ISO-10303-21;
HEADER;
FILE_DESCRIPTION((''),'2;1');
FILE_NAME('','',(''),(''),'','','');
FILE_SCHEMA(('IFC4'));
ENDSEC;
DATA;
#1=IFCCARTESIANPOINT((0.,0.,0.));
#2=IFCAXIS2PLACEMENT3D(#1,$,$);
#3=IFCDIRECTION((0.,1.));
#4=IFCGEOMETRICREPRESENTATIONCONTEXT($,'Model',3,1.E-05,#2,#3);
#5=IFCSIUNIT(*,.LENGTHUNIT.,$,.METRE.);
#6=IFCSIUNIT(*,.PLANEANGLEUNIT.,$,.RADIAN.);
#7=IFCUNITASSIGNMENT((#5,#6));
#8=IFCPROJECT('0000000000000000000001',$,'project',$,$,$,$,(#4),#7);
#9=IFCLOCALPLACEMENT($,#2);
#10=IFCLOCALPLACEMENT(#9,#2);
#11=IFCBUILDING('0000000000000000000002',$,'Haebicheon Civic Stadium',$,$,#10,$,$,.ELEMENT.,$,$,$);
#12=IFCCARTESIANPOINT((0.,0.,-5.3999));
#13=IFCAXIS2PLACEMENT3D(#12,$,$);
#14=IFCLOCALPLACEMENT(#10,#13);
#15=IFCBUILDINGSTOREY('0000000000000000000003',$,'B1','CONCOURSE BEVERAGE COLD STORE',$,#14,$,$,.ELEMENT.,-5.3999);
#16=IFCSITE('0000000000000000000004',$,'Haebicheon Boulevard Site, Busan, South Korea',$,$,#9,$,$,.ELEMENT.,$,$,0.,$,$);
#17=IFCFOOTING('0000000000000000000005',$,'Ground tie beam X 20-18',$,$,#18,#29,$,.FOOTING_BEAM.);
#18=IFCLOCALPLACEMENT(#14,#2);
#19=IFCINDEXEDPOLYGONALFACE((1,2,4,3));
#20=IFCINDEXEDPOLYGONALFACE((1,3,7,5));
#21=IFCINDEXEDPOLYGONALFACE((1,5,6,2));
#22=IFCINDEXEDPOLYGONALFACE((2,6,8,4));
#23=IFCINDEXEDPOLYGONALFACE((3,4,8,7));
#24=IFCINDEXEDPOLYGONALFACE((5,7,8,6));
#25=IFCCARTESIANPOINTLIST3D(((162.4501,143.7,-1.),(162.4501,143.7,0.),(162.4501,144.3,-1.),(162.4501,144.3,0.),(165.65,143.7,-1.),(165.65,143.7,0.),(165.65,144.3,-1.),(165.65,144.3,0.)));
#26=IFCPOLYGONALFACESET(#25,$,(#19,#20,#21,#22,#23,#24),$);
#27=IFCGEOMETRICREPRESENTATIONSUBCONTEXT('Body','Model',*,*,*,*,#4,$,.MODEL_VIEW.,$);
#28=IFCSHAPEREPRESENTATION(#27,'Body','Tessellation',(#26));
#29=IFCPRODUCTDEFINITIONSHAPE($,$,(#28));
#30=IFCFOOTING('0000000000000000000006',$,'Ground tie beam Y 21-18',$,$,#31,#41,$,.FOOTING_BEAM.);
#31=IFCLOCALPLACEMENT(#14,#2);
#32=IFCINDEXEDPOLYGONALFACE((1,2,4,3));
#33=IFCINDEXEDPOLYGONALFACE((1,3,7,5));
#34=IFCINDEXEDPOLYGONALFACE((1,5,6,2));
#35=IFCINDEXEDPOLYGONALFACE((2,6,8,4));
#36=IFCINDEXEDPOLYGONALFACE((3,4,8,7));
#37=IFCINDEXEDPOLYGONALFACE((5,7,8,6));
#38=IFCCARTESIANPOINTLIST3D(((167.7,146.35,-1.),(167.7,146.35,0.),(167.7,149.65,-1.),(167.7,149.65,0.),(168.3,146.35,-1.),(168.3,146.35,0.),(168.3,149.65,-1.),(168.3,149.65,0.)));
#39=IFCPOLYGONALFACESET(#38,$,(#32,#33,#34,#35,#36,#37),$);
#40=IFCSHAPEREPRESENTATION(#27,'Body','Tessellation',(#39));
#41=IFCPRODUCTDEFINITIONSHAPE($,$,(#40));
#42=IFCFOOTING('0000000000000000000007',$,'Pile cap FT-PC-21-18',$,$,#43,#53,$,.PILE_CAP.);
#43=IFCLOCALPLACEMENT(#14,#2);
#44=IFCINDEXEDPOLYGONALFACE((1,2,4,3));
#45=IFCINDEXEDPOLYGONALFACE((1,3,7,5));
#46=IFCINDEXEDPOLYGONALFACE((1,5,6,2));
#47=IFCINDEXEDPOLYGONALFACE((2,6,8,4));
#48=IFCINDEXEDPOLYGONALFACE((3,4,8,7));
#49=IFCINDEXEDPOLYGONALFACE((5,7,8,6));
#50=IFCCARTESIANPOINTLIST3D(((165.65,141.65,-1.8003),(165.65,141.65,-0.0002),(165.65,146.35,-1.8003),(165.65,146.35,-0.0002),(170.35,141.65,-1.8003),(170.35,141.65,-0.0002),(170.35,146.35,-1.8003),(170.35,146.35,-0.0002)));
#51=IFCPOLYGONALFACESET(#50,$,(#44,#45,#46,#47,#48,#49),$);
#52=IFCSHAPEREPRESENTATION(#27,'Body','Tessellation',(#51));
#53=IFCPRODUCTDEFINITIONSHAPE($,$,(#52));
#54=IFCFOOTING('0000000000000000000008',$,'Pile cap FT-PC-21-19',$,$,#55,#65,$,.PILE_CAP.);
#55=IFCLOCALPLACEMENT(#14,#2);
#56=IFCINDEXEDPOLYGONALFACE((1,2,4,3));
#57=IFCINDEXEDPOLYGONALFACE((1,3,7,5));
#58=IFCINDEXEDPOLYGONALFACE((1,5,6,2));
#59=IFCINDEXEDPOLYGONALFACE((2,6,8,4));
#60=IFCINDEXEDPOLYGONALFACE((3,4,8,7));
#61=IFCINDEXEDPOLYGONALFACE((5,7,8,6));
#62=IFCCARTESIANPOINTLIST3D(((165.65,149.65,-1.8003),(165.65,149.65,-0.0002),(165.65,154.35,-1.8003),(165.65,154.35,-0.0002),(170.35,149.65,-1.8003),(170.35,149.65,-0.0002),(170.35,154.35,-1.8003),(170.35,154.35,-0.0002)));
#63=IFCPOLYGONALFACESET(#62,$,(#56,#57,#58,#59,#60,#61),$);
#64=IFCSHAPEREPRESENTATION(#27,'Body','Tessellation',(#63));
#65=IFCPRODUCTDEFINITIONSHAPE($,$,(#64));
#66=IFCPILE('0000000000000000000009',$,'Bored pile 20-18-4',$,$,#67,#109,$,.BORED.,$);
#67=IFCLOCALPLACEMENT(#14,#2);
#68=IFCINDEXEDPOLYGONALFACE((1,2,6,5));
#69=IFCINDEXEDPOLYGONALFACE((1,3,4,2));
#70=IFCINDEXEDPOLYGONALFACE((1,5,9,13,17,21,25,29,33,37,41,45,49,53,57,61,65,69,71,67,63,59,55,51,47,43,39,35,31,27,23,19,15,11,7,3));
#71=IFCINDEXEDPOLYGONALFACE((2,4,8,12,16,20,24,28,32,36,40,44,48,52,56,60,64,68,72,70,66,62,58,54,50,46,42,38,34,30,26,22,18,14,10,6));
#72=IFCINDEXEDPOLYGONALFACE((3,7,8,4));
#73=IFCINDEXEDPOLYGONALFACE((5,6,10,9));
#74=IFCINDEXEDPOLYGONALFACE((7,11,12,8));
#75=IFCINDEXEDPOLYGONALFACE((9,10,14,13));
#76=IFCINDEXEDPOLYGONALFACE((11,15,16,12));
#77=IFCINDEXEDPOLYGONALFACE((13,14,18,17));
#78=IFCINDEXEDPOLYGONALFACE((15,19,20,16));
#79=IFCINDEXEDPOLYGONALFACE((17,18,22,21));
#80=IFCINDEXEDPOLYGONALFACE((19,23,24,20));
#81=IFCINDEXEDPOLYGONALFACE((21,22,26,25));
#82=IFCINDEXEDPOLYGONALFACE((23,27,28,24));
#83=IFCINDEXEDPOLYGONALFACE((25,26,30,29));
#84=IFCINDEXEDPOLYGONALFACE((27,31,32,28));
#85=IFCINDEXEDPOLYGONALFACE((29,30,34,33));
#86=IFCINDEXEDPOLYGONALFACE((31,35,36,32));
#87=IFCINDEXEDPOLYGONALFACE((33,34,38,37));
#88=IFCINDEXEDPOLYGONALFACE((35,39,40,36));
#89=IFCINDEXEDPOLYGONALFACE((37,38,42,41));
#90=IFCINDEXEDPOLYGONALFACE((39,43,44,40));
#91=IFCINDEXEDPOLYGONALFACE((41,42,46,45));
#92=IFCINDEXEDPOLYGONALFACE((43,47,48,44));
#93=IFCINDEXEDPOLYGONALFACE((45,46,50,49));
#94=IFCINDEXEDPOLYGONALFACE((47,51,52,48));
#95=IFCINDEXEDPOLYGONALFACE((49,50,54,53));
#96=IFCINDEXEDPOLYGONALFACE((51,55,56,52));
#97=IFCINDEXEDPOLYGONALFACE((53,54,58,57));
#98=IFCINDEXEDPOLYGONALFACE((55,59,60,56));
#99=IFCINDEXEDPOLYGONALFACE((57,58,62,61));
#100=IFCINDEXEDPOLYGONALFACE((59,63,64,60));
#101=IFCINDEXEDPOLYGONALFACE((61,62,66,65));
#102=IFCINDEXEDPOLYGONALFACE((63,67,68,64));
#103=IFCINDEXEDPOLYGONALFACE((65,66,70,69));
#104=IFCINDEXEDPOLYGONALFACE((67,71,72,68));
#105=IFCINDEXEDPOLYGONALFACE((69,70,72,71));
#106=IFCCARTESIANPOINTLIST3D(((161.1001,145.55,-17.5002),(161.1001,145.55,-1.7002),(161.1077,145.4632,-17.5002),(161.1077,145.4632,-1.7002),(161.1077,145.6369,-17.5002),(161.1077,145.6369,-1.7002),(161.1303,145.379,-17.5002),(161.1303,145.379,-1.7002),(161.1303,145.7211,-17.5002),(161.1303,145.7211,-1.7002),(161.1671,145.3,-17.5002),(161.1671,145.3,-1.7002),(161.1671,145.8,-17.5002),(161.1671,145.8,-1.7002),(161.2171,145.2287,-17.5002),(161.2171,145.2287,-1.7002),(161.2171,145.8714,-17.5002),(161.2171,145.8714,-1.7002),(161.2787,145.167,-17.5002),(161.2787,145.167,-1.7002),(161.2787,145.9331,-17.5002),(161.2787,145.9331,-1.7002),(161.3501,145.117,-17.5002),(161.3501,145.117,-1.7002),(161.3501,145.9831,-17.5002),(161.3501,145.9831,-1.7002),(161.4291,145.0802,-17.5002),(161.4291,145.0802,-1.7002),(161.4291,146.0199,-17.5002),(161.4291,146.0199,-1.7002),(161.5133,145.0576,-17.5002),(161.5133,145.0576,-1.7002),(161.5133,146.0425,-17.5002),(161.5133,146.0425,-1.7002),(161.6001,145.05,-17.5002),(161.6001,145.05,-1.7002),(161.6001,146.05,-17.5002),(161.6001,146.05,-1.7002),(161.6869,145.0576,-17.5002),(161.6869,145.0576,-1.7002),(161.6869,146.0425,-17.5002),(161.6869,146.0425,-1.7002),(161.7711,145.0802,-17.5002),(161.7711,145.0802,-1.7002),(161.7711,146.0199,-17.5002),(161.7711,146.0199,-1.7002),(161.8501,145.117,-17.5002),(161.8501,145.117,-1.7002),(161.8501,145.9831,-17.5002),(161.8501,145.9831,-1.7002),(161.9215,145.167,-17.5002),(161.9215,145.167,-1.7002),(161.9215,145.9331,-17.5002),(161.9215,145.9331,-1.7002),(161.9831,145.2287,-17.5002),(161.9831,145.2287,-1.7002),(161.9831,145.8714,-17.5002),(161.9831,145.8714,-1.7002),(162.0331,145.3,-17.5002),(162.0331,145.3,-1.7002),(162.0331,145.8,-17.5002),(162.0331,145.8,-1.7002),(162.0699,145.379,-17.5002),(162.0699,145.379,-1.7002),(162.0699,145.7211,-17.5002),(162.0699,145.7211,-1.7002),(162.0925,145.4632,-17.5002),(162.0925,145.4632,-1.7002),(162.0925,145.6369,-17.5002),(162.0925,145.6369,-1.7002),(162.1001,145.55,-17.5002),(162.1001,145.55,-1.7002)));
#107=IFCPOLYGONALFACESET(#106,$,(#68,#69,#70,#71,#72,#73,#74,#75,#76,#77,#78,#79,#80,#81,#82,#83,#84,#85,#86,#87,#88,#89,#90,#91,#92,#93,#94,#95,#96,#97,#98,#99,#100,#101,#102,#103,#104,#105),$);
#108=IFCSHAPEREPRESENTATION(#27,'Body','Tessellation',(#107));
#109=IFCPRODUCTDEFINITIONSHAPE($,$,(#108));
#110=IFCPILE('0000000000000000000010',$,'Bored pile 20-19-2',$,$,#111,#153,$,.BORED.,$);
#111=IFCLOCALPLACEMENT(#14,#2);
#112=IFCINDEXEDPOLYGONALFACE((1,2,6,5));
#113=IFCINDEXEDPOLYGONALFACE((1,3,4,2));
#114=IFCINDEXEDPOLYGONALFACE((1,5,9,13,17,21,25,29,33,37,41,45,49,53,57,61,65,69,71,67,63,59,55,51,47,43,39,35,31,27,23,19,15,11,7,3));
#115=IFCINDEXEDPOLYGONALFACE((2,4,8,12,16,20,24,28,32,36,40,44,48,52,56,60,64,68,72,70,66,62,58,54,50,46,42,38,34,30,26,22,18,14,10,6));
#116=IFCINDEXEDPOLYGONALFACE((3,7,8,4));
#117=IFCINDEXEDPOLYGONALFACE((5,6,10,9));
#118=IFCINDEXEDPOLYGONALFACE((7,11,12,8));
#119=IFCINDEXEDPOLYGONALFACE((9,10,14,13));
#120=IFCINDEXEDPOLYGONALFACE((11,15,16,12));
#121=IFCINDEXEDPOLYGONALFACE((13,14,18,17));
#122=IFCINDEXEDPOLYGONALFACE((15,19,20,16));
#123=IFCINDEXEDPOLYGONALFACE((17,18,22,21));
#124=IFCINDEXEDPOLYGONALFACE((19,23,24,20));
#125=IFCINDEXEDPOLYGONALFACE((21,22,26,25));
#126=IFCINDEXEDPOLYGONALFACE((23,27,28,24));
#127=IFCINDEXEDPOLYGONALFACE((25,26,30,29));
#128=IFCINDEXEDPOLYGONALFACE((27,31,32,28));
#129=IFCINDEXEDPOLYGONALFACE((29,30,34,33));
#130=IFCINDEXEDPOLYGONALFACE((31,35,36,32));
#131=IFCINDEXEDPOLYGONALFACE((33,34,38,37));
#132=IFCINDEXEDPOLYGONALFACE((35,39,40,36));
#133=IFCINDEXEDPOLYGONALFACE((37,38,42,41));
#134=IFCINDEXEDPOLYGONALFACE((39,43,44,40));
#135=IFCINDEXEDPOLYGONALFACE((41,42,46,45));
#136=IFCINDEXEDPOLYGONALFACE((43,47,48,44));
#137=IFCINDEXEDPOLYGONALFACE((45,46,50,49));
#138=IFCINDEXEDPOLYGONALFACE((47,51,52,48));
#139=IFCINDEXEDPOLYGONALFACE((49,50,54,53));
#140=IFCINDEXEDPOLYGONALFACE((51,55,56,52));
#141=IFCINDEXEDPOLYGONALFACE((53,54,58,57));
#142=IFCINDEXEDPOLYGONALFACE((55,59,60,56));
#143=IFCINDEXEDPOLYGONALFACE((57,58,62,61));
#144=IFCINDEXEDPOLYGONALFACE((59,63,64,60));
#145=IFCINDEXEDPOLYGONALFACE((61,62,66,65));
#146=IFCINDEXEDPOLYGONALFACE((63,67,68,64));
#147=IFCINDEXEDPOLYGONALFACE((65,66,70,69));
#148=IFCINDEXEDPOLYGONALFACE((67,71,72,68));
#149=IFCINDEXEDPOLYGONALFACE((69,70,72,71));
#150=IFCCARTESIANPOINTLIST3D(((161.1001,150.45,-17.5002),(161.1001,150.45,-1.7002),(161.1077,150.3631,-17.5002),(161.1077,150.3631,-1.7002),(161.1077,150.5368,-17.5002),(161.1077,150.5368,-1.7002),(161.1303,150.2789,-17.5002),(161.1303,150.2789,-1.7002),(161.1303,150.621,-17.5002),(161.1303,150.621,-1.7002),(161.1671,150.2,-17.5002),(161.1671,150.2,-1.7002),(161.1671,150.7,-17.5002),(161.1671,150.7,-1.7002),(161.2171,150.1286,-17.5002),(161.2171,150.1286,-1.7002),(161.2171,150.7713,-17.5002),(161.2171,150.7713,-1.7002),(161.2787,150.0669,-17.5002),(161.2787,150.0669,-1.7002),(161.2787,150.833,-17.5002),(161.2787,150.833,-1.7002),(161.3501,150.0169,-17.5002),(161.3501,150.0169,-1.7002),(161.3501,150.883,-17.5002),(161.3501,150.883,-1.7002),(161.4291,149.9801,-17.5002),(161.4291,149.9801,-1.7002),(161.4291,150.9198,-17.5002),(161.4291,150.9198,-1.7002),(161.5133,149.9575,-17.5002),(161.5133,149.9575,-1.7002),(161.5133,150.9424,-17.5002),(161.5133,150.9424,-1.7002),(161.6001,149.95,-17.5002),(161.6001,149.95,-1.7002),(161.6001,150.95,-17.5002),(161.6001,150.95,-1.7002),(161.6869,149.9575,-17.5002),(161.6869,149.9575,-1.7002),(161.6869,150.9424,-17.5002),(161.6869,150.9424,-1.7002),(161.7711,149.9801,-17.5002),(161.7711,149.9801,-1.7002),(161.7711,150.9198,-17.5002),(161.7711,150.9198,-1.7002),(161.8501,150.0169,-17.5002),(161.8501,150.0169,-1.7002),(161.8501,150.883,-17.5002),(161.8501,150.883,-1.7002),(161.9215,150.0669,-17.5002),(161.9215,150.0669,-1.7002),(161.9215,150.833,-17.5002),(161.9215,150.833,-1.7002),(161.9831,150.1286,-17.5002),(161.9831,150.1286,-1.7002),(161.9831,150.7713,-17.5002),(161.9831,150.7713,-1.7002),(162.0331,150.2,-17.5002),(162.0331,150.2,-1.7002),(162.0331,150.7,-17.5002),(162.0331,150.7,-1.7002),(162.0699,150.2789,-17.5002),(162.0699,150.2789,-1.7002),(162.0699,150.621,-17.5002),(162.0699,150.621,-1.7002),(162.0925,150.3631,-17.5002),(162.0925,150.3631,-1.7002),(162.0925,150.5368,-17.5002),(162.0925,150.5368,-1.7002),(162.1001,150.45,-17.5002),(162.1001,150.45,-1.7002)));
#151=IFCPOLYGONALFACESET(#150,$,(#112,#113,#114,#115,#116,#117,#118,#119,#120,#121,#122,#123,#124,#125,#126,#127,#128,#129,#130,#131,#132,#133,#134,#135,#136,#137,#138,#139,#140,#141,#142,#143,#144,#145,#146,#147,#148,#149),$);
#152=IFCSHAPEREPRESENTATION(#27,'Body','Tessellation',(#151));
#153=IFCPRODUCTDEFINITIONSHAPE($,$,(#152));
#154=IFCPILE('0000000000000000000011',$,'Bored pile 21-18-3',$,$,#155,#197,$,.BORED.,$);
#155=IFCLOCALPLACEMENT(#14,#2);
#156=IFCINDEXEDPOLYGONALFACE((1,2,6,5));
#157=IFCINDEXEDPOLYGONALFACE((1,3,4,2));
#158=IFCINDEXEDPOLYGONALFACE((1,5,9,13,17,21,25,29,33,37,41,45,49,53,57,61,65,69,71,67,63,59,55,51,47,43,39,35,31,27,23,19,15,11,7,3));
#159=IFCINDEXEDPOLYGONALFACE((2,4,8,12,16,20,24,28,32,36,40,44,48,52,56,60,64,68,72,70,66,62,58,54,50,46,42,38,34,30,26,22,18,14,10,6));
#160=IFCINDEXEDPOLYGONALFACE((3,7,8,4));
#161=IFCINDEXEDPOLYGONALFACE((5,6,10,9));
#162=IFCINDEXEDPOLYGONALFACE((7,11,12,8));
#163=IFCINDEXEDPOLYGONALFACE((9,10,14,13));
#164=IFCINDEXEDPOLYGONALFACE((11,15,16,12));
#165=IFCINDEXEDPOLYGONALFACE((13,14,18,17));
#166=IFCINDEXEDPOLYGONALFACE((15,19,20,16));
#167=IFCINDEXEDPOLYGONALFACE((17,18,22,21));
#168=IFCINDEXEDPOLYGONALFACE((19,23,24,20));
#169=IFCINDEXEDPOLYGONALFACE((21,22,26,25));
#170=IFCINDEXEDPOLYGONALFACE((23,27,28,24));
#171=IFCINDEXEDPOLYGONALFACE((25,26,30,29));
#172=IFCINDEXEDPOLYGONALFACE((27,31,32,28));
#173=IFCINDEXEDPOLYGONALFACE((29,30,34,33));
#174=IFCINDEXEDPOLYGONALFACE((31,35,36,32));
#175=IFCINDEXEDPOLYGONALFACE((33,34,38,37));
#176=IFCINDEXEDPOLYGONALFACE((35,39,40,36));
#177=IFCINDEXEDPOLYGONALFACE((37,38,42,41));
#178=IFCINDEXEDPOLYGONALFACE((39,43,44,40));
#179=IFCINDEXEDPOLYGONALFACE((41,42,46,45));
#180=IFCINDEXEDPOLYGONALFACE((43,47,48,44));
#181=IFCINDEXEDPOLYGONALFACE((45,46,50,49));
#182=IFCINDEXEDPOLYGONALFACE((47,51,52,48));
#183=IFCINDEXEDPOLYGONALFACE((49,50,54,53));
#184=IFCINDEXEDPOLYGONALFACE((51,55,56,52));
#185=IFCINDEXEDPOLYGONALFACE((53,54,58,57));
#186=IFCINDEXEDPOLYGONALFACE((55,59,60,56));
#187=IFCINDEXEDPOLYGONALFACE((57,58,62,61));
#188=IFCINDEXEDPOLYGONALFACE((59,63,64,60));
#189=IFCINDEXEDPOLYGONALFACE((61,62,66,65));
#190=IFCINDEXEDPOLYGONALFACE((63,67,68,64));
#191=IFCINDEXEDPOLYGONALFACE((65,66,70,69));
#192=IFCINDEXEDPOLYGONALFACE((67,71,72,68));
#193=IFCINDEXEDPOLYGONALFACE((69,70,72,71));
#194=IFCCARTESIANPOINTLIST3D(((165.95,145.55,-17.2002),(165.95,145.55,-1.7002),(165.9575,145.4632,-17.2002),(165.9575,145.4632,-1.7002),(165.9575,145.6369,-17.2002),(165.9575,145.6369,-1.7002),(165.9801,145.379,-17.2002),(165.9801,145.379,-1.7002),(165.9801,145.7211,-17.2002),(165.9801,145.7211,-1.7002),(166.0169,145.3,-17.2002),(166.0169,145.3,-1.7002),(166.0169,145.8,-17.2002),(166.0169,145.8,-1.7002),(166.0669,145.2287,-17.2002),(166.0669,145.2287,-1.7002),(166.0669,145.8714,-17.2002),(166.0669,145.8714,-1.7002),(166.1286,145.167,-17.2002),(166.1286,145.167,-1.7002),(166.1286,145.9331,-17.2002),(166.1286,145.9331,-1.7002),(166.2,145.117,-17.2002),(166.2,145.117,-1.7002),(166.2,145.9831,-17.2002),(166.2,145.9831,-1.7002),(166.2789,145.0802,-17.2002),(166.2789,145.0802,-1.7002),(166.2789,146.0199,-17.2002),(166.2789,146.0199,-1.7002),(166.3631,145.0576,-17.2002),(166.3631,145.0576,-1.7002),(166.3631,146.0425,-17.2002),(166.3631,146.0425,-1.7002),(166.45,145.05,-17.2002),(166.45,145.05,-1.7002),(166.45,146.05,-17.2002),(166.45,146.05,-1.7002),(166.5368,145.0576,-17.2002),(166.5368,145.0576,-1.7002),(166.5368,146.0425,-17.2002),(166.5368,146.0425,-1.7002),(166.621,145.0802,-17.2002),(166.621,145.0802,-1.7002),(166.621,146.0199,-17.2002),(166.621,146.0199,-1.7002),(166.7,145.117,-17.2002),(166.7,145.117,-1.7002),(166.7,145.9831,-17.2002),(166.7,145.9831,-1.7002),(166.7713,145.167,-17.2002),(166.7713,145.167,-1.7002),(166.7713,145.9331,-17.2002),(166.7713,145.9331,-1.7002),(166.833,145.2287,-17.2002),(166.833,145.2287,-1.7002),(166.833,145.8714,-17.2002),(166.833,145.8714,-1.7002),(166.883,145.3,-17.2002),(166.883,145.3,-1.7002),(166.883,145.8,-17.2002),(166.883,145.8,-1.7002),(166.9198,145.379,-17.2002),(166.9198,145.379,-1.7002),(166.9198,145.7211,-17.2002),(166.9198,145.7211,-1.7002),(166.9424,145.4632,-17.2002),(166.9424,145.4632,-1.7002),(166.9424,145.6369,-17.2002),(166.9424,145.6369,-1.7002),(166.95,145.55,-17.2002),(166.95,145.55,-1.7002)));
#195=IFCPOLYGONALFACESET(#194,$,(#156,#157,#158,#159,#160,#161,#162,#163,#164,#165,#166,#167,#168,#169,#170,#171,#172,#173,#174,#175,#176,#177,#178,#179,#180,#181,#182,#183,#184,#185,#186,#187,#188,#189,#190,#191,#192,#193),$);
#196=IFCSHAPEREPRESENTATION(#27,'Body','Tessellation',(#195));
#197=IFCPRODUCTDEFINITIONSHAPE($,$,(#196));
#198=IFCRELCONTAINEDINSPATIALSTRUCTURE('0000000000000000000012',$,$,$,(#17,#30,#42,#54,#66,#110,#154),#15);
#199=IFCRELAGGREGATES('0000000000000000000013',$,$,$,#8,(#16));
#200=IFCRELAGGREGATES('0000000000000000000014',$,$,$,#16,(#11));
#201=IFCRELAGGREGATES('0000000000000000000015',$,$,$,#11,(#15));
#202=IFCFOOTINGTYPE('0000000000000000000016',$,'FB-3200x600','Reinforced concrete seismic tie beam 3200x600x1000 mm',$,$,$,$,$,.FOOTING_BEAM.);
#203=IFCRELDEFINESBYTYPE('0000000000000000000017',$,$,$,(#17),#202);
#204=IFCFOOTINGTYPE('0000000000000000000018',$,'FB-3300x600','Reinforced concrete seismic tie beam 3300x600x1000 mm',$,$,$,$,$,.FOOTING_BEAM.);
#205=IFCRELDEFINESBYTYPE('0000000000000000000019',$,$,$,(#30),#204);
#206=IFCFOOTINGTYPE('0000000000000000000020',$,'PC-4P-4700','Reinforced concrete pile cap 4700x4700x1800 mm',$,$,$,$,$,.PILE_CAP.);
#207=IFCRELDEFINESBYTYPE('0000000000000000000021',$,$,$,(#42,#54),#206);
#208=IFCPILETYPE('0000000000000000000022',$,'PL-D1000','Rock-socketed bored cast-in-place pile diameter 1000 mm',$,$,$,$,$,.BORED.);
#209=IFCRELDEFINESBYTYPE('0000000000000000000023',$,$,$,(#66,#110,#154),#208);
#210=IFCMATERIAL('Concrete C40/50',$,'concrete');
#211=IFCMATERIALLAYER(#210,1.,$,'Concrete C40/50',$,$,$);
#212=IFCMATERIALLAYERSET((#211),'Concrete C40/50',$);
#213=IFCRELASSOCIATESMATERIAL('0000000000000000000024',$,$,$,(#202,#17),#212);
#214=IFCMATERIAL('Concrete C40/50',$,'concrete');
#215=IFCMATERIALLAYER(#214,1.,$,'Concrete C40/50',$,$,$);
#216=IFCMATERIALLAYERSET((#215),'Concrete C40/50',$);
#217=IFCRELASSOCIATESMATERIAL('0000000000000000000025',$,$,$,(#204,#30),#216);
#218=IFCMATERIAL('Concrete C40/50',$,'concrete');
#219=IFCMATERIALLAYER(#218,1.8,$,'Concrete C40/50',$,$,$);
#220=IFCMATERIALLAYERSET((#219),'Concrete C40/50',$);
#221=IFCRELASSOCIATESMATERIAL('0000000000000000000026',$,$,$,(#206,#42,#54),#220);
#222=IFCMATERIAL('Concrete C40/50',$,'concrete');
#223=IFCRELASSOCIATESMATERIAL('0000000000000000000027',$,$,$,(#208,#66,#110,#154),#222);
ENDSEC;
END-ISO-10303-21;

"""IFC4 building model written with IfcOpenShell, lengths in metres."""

from ifc_helpers import new_model, si_unit, direction, frame, origin, origin_2d, place, context, subcontext, project, spatial, rectangle, circle, extrude, material, layer, layer_set, material_profile, profile_set, type_object, element, save


model = new_model("IFC4")

# Units and contexts
model_context = context("Model", 3, precision=1e-05, world=origin(), true_north=direction((0.0, 1.0)))
body_context = subcontext(model_context, "Body", "Model", "MODEL_VIEW")
ifc_project = project(units=[si_unit("LENGTHUNIT", "METRE"), si_unit("PLANEANGLEUNIT", "RADIAN")], contexts=[model_context])

# Site, building, storey
site_placement = place(None, origin())
site = spatial("IfcSite", under=ifc_project, at=site_placement, Name="Haebicheon Boulevard Site, Busan, South Korea", CompositionType="ELEMENT", RefElevation=0.0)
building_placement = place(site_placement, origin())
building = spatial("IfcBuilding", under=site, at=building_placement, Name="Haebicheon Civic Stadium", CompositionType="ELEMENT")
storey_placement = place(building_placement, frame((0.0, 0.0, -5.3999)))
storey = spatial("IfcBuildingStorey", under=building, at=storey_placement, Name="B1", Description="CONCOURSE BEVERAGE COLD STORE", CompositionType="ELEMENT", Elevation=-5.3999)

# Footings
ifc_material_1 = material(Name="Concrete C40/50", Category="concrete")
ifc_layer_1 = layer(ifc_material_1, 1.0, Name="Concrete C40/50")
ifc_layer_set_1 = layer_set([ifc_layer_1], Name="Concrete C40/50")
footing_type_1 = type_object("IfcFootingType", Name="FB-3200x600", Description="Reinforced concrete seismic tie beam 3200x600x1000 mm", PredefinedType="FOOTING_BEAM", material=ifc_layer_set_1)
footing_1_placement = place(storey_placement, frame((164.05, 144.0, -1.0), z_axis=(0.0, 0.0, 1.0), x_axis=(1.0, 0.0, 0.0)))
element("IfcFooting", 1, at=footing_1_placement, inside=storey, type_object=footing_type_1, material=ifc_layer_set_1, Name="Ground tie beam X 20-18", PredefinedType="FOOTING_BEAM", context=body_context, shape_type="SweptSolid", body=[
    extrude(rectangle(XDim=3.2, YDim=0.6001, at=origin_2d()), origin(), (0.0, 0.0, 1.0), 1.0),
])
ifc_material_2 = material(Name="Concrete C40/50", Category="concrete")
ifc_layer_2 = layer(ifc_material_2, 1.0, Name="Concrete C40/50")
ifc_layer_set_2 = layer_set([ifc_layer_2], Name="Concrete C40/50")
footing_type_2 = type_object("IfcFootingType", Name="FB-3300x600", Description="Reinforced concrete seismic tie beam 3300x600x1000 mm", PredefinedType="FOOTING_BEAM", material=ifc_layer_set_2)
footing_2_placement = place(storey_placement, frame((168.0, 148.0, -1.0), z_axis=(0.0, 0.0, 1.0), x_axis=(0.0, 1.0, 0.0)))
element("IfcFooting", 2, at=footing_2_placement, inside=storey, type_object=footing_type_2, material=ifc_layer_set_2, Name="Ground tie beam Y 21-18", PredefinedType="FOOTING_BEAM", context=body_context, shape_type="SweptSolid", body=[
    extrude(rectangle(XDim=3.3, YDim=0.6001, at=origin_2d()), origin(), (0.0, 0.0, 1.0), 1.0),
])
ifc_material_3 = material(Name="Concrete C40/50", Category="concrete")
ifc_layer_3 = layer(ifc_material_3, 1.8, Name="Concrete C40/50")
ifc_layer_set_3 = layer_set([ifc_layer_3], Name="Concrete C40/50")
footing_type_3 = type_object("IfcFootingType", Name="PC-4P-4700", Description="Reinforced concrete pile cap 4700x4700x1800 mm", PredefinedType="PILE_CAP", material=ifc_layer_set_3)
for number, where, z_axis, x_axis, name in (
    (3, (168.0, 144.0, -1.8003), (0.0, 0.0, 1.0), (1.0, 0.0, 0.0), "Pile cap FT-PC-21-18"),
    (4, (168.0, 152.0, -1.8003), (0.0, 0.0, 1.0), (1.0, 0.0, 0.0), "Pile cap FT-PC-21-19"),
):
    element("IfcFooting", number, at=place(storey_placement, frame(where, z_axis=z_axis, x_axis=x_axis)), inside=storey, type_object=footing_type_3, material=ifc_layer_set_3, Name=name, PredefinedType="PILE_CAP", context=body_context, shape_type="SweptSolid", body=[
        extrude(rectangle(XDim=4.7, YDim=4.7, at=origin_2d()), origin(), (0.0, 0.0, 1.0), 1.8),
    ])

# Piles
ifc_material_4 = material(Name="Concrete C40/50", Category="concrete")
ifc_material_profile_1 = material_profile(ifc_material_4, circle(Radius=0.5, at=origin_2d()), Name="PILE-D1000")
ifc_profile_set_1 = profile_set([ifc_material_profile_1], Name="Concrete C40/50")
pile_type = type_object("IfcPileType", Name="PL-D1000", Description="Rock-socketed bored cast-in-place pile diameter 1000 mm", PredefinedType="BORED", material=ifc_profile_set_1)
for number, where, z_axis, x_axis, name in (
    (5, (161.6001, 145.55, -1.7002), (0.0, 0.0, -1.0), (1.0, 0.0, 0.0), "Bored pile 20-18-4"),
    (6, (161.6001, 150.45, -1.7002), (0.0, 0.0, -1.0), (1.0, 0.0, 0.0), "Bored pile 20-19-2"),
):
    element("IfcPile", number, at=place(storey_placement, frame(where, z_axis=z_axis, x_axis=x_axis)), inside=storey, type_object=pile_type, material=ifc_profile_set_1, Name=name, PredefinedType="BORED", context=body_context, shape_type="SweptSolid", body=[
        extrude(circle(Radius=0.5, at=origin_2d()), origin(), (0.0, 0.0, 1.0), 15.8),
    ])
for number, where, z_axis, x_axis, name in (
    (7, (166.45, 145.55, -1.7002), (0.0, 0.0, -1.0), (1.0, 0.0, 0.0), "Bored pile 21-18-3"),
):
    element("IfcPile", number, at=place(storey_placement, frame(where, z_axis=z_axis, x_axis=x_axis)), inside=storey, type_object=pile_type, material=ifc_profile_set_1, Name=name, PredefinedType="BORED", context=body_context, shape_type="SweptSolid", body=[
        extrude(circle(Radius=0.5, at=origin_2d()), origin(), (0.0, 0.0, 1.0), 15.5),
    ])

save(model, "model.ifc")
